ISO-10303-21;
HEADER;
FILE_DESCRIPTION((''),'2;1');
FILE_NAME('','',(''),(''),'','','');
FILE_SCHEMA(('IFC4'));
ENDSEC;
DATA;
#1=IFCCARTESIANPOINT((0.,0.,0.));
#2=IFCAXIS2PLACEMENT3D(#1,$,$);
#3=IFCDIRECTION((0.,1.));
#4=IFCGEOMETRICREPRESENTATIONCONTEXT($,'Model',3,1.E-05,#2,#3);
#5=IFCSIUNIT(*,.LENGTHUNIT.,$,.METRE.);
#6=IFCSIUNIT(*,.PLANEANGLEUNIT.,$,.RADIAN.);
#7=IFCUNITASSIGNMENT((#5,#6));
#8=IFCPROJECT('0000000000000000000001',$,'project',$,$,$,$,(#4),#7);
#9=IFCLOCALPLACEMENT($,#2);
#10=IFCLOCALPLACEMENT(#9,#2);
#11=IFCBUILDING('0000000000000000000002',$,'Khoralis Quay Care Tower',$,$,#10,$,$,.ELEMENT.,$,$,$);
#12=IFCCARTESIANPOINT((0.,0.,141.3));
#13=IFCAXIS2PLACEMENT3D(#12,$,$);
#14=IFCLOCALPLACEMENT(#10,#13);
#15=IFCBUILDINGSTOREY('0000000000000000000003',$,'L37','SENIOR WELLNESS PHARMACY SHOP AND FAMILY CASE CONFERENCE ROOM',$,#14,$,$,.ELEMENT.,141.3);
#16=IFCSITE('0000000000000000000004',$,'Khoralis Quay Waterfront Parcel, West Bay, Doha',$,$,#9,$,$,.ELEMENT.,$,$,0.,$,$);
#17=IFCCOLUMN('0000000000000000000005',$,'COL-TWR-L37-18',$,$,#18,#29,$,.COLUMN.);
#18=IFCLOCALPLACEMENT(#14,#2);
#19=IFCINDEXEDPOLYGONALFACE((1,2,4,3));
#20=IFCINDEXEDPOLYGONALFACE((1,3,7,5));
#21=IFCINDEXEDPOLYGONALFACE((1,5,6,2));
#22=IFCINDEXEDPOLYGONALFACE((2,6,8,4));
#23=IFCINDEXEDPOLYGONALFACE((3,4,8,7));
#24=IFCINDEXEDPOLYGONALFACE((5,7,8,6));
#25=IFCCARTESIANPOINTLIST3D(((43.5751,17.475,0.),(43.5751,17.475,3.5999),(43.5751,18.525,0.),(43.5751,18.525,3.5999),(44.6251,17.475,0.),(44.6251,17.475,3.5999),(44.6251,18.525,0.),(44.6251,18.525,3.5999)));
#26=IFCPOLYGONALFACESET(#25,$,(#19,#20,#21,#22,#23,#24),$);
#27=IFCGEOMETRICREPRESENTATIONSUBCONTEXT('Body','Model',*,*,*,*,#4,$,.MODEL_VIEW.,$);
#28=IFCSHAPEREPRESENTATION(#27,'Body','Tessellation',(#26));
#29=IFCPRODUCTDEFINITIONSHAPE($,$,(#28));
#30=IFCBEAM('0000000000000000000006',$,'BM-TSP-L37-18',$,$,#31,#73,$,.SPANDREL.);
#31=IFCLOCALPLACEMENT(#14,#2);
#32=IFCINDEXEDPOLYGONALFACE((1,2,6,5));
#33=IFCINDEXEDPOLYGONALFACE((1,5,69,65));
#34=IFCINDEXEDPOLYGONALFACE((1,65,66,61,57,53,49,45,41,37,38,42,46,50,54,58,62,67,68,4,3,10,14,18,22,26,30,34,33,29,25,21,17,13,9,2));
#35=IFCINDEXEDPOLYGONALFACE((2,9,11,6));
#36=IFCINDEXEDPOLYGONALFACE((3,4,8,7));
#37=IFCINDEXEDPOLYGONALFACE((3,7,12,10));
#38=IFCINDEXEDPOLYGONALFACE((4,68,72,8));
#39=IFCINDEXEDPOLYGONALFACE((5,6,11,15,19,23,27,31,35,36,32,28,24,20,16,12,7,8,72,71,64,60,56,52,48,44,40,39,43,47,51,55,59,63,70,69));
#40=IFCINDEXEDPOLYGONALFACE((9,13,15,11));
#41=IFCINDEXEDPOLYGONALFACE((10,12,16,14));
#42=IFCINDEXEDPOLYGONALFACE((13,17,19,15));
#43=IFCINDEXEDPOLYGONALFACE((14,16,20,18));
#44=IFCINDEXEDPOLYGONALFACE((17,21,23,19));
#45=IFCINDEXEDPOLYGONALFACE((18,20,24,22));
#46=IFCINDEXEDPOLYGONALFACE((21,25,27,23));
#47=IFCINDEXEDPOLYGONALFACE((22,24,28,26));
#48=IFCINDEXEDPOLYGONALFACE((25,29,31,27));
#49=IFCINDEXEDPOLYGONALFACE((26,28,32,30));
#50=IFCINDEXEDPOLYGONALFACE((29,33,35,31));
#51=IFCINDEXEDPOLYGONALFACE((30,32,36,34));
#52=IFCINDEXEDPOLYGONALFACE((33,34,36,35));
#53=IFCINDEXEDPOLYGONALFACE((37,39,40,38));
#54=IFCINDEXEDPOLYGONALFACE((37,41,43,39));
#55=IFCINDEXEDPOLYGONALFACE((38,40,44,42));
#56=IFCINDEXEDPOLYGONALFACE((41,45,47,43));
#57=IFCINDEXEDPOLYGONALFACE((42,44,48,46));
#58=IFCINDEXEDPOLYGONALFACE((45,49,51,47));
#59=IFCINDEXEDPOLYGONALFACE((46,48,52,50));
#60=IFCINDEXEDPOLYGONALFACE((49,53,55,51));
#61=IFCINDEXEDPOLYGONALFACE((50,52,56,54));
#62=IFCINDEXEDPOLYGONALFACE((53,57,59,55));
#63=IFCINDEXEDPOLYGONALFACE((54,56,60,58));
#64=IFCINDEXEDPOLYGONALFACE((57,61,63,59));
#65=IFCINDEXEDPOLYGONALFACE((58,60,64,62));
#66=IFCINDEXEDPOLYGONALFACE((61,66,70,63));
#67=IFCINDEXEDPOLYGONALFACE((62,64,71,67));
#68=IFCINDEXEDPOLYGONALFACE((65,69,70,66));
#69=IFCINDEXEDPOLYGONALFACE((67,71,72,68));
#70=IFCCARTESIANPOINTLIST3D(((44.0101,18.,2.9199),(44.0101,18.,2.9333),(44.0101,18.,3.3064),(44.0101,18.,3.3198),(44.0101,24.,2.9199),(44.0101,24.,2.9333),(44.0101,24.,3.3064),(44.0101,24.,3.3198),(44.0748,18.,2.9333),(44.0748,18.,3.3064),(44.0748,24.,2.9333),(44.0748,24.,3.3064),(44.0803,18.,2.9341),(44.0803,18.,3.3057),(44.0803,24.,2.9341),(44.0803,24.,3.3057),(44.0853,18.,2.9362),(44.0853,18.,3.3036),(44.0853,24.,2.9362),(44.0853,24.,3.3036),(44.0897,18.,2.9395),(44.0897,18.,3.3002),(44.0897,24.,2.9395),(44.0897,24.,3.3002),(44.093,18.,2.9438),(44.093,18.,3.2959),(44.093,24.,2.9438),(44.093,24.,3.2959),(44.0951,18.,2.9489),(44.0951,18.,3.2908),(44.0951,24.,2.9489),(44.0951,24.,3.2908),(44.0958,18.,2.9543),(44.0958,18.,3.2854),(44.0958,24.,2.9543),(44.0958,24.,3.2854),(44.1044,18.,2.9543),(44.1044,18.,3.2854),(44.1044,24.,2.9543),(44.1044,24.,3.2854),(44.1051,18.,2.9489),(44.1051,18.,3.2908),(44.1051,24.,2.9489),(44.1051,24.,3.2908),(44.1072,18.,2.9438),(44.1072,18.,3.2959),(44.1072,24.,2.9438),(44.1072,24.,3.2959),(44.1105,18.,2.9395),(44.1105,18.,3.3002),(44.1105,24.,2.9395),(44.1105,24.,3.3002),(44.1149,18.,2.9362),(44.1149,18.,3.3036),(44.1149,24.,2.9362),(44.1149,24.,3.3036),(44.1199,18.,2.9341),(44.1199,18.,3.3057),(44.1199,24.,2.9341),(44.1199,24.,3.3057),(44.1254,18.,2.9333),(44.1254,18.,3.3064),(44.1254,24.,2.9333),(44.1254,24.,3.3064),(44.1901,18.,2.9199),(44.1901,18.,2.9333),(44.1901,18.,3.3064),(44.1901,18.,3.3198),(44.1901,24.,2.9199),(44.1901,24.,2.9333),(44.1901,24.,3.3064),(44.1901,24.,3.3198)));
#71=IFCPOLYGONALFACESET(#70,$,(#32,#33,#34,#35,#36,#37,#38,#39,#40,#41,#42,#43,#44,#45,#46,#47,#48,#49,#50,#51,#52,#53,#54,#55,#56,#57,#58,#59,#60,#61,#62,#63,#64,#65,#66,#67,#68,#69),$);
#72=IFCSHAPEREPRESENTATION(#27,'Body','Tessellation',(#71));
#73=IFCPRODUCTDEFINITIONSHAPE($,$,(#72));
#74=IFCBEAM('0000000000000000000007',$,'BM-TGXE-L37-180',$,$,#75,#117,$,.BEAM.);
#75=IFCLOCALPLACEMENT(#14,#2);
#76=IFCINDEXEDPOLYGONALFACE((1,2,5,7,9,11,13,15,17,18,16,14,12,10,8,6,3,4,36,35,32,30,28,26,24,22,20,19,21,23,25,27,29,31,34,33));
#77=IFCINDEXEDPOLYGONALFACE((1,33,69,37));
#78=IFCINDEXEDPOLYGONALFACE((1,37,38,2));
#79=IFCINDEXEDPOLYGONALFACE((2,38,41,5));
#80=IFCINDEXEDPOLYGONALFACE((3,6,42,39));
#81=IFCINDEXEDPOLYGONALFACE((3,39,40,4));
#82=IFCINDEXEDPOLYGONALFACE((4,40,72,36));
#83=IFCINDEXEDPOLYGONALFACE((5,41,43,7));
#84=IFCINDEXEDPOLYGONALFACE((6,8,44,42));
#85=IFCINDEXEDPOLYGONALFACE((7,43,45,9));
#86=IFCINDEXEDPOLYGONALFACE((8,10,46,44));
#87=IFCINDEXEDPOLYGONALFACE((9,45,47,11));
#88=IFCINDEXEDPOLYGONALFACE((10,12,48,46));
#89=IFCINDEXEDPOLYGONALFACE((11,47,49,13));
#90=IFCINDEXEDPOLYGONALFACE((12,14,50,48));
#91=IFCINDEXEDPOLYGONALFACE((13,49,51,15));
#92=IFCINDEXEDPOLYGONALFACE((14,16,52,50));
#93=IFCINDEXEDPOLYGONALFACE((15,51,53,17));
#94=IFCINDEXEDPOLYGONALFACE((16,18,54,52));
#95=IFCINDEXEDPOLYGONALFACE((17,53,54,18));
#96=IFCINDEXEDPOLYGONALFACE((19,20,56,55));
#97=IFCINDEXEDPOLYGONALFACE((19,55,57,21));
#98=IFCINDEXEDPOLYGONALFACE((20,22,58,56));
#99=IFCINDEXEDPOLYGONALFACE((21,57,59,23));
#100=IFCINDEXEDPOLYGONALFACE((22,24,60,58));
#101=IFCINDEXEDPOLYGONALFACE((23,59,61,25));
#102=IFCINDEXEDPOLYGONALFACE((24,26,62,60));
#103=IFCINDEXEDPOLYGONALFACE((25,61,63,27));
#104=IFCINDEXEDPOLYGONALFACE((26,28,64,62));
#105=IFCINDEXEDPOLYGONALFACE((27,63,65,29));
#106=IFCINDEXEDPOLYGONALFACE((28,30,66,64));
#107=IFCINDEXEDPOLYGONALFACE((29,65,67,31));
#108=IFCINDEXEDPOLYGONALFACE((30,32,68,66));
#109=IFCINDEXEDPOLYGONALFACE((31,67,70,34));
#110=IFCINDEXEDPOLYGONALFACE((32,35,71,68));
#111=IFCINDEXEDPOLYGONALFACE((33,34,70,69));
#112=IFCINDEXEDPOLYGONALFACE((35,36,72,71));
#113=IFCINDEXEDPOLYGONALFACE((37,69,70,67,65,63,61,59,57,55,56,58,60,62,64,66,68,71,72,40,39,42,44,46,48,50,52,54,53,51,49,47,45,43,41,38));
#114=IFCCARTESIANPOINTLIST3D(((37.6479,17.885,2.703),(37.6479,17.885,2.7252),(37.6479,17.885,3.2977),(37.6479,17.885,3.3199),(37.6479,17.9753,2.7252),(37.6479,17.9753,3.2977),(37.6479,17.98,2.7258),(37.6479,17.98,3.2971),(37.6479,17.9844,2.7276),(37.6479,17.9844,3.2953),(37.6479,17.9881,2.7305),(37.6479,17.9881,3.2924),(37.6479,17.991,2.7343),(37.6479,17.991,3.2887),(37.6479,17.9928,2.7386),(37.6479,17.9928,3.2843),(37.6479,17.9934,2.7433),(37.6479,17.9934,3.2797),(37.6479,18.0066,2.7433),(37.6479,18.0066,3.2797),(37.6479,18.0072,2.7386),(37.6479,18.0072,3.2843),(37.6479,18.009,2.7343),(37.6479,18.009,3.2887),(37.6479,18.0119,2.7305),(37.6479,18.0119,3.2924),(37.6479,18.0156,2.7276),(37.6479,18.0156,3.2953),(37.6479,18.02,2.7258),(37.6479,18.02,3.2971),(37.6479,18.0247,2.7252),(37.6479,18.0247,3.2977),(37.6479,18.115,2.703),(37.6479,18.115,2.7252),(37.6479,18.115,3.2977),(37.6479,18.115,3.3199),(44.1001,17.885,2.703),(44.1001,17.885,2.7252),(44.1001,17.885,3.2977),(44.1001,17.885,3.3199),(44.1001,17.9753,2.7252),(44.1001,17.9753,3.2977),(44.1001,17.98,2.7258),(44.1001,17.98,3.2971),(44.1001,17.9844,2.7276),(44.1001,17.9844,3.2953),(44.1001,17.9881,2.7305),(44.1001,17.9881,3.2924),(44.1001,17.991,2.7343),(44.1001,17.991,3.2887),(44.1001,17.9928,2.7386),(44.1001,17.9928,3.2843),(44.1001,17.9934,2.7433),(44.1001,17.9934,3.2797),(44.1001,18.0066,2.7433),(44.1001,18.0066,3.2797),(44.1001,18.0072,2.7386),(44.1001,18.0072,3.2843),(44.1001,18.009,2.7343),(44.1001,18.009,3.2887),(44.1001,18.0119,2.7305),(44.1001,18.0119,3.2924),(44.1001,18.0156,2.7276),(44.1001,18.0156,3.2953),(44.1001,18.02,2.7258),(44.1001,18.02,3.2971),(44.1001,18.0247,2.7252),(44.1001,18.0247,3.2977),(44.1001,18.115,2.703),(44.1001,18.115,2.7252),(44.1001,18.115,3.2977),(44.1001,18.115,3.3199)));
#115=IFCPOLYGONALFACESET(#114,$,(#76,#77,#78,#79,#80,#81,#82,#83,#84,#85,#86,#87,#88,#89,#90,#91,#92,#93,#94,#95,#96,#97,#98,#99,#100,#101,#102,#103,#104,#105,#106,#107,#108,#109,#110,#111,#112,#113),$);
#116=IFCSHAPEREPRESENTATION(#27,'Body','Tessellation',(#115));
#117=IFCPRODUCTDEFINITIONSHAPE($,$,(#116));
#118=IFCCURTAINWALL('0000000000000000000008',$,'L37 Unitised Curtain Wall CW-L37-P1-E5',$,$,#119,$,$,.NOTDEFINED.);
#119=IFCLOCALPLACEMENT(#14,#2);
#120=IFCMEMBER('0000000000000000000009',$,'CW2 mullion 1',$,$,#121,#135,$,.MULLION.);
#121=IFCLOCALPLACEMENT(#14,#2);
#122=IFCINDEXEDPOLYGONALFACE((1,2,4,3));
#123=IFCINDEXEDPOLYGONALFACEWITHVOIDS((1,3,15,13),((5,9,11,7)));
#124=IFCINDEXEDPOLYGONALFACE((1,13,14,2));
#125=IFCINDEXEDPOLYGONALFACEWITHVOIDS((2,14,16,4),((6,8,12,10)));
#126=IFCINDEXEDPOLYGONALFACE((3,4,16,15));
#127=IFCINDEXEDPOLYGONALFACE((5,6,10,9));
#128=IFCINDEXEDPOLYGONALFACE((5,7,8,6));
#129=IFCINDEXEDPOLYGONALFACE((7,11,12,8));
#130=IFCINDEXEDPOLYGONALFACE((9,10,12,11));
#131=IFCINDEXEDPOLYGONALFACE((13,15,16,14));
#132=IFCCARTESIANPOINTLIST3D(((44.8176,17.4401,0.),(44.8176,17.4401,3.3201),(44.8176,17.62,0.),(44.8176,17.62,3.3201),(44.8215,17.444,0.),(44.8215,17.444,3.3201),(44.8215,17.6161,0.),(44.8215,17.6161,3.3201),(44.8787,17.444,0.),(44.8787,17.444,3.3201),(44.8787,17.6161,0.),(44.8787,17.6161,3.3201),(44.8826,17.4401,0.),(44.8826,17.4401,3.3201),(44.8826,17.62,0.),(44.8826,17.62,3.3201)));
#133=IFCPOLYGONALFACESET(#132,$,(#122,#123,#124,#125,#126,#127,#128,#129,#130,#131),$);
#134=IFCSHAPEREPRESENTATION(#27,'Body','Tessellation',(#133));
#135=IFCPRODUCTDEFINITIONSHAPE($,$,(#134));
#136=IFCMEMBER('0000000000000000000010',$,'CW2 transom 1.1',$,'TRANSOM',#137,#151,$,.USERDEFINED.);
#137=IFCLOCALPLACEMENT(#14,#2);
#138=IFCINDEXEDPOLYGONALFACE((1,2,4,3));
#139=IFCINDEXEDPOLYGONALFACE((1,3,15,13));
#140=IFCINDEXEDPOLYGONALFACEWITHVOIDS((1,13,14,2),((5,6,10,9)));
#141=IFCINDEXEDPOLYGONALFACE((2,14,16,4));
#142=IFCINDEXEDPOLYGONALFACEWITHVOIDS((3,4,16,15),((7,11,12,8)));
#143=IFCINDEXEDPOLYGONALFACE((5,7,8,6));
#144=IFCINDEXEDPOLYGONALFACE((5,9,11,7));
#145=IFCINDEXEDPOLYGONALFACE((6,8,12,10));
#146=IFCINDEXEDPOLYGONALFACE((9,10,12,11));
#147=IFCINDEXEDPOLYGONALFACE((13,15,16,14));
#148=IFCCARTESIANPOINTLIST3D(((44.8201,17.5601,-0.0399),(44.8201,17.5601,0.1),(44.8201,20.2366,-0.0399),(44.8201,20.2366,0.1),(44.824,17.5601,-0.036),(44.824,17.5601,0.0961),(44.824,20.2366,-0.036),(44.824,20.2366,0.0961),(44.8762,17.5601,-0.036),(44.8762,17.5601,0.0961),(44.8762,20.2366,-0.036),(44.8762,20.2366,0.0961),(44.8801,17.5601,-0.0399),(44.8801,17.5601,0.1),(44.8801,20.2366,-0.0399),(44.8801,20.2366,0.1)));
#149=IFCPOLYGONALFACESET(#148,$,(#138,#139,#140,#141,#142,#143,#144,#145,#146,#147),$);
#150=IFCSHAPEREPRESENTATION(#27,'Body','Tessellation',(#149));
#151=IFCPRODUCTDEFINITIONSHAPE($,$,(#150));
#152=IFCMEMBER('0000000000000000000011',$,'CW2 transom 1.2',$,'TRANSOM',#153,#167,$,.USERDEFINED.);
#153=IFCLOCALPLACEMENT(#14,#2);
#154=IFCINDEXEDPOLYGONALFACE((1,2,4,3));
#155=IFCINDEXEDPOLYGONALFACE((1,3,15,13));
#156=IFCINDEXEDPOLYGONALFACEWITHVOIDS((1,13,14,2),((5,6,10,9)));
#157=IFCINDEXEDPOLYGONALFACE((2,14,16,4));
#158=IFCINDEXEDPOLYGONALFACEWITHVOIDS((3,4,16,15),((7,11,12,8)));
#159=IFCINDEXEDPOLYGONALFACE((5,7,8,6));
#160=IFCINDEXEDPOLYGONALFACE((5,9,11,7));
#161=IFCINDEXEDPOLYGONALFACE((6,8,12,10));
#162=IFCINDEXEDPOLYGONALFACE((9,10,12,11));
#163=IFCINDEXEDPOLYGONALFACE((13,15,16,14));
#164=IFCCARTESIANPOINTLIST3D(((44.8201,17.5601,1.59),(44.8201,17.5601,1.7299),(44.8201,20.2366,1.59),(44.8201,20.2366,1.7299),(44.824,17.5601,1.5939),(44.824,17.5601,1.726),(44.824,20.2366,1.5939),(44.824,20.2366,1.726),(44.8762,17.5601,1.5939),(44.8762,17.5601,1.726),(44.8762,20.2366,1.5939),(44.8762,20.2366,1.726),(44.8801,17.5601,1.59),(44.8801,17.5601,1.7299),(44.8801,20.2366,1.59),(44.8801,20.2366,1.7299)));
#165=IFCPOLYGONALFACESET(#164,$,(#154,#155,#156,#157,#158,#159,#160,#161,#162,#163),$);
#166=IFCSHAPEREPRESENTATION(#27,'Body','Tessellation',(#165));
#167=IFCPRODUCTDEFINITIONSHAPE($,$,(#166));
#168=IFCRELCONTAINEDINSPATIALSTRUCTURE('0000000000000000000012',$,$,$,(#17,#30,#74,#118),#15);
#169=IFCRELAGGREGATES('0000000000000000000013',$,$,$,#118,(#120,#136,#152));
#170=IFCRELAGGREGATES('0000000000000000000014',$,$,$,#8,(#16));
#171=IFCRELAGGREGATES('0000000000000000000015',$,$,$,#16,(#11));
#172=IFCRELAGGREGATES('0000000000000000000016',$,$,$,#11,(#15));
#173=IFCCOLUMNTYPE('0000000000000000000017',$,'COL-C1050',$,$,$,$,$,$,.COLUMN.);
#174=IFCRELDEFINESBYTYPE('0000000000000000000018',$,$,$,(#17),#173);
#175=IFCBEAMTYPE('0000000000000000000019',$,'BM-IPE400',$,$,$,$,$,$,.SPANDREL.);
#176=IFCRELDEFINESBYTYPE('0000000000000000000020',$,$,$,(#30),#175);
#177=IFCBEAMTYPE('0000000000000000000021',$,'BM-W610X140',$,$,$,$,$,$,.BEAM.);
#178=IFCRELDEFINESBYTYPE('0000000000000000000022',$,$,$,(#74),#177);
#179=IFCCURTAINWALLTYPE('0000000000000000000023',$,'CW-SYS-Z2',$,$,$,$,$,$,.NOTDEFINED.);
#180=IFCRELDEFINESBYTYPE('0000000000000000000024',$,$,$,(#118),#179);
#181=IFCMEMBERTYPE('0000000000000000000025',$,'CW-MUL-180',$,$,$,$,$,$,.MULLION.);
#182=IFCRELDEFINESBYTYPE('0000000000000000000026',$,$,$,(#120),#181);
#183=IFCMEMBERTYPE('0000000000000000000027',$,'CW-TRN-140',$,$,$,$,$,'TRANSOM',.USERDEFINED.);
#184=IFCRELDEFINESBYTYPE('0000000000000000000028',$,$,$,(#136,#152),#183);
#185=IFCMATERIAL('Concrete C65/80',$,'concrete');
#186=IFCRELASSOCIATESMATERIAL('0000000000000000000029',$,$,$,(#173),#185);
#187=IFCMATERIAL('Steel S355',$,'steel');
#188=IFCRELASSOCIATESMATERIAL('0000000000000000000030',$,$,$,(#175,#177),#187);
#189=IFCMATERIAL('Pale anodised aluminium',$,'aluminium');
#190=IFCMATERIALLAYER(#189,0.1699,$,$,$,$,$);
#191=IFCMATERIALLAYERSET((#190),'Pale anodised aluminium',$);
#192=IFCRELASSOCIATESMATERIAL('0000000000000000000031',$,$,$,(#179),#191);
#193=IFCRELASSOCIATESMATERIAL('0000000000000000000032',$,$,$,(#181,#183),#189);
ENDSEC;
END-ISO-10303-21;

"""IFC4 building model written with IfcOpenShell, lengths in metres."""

from ifc_helpers import new_model, si_unit, direction, frame, origin, origin_2d, place, context, subcontext, project, spatial, rectangle, hollow_rectangle, i_section, extrude, source, transform, mapped, material, layer, layer_set, material_profile, profile_set, type_object, element, aggregate, save


model = new_model("IFC4")

# Units and contexts
model_context = context("Model", 3, precision=1e-05, world=origin(), true_north=direction((0.0, 1.0)))
body_context = subcontext(model_context, "Body", "Model", "MODEL_VIEW")
ifc_project = project(units=[si_unit("LENGTHUNIT", "METRE"), si_unit("PLANEANGLEUNIT", "RADIAN")], contexts=[model_context])

# Site, building, storey
site_placement = place(None, origin())
site = spatial("IfcSite", under=ifc_project, at=site_placement, Name="Khoralis Quay Waterfront Parcel, West Bay, Doha", CompositionType="ELEMENT", RefElevation=0.0)
building_placement = place(site_placement, origin())
building = spatial("IfcBuilding", under=site, at=building_placement, Name="Khoralis Quay Care Tower", CompositionType="ELEMENT")
storey_placement = place(building_placement, frame((0.0, 0.0, 141.3)))
storey = spatial("IfcBuildingStorey", under=building, at=storey_placement, Name="L37", Description="SENIOR WELLNESS PHARMACY SHOP AND FAMILY CASE CONFERENCE ROOM", CompositionType="ELEMENT", Elevation=141.3)

# Column
ifc_material_1 = material(Name="Concrete C65/80", Category="concrete")
ifc_material_profile_1 = material_profile(ifc_material_1, rectangle(XDim=1.05, YDim=1.05, at=origin_2d()), Name="Concrete C65/80")
ifc_profile_set_1 = profile_set([ifc_material_profile_1], Name="Concrete C65/80")
column_type = type_object("IfcColumnType", Name="COL-C1050", PredefinedType="COLUMN", material=ifc_profile_set_1)
shared_shape_1 = source(origin(), body_context, "Body", "SweptSolid", [
    extrude(rectangle(XDim=1.05, YDim=1.05, at=origin_2d()), origin(), (0.0, 0.0, 1.0), 3.5999),
])
column_placement = place(storey_placement, frame((44.1001, 18.0, 0.0), z_axis=(0.0, 0.0, 1.0), x_axis=(1.0, 0.0, 0.0)))
element("IfcColumn", 1, at=column_placement, inside=storey, type_object=column_type, Name="COL-TWR-L37-18", PredefinedType="COLUMN", context=body_context, shape_type="MappedRepresentation", body=[
    mapped(shared_shape_1, transform((0.0, 0.0, 0.0), scale=1.0)),
])

# Beams
ifc_material_2 = material(Name="Steel S355", Category="steel")
ifc_material_profile_2 = material_profile(ifc_material_2, i_section(OverallWidth=0.1799, OverallDepth=0.3999, WebThickness=0.0085, FlangeThickness=0.0134, FilletRadius=0.021, at=origin_2d()), Name="Steel S355")
ifc_profile_set_2 = profile_set([ifc_material_profile_2], Name="Steel S355")
beam_type_1 = type_object("IfcBeamType", Name="BM-IPE400", PredefinedType="SPANDREL", material=ifc_profile_set_2)
shared_shape_2 = source(origin(), body_context, "Body", "SweptSolid", [
    extrude(i_section(OverallWidth=0.1799, OverallDepth=0.3999, WebThickness=0.0085, FlangeThickness=0.0134, FilletRadius=0.021, at=origin_2d()), origin(), (0.0, 0.0, 1.0), 6.0),
])
beam_1_placement = place(storey_placement, frame((44.1001, 18.0, 3.1199), z_axis=(0.0, 1.0, 0.0), x_axis=(-1.0, 0.0, 0.0)))
element("IfcBeam", 2, at=beam_1_placement, inside=storey, type_object=beam_type_1, Name="BM-TSP-L37-18", PredefinedType="SPANDREL", context=body_context, shape_type="MappedRepresentation", body=[
    mapped(shared_shape_2, transform((0.0, 0.0, 0.0), scale=1.0)),
])
ifc_material_profile_3 = material_profile(ifc_material_2, i_section(OverallWidth=0.23, OverallDepth=0.6169, WebThickness=0.0132, FlangeThickness=0.0222, FilletRadius=0.0181, at=origin_2d()), Name="Steel S355")
ifc_profile_set_3 = profile_set([ifc_material_profile_3], Name="Steel S355")
beam_type_2 = type_object("IfcBeamType", Name="BM-W610X140", PredefinedType="BEAM", material=ifc_profile_set_3)
shared_shape_3 = source(origin(), body_context, "Body", "SweptSolid", [
    extrude(i_section(OverallWidth=0.23, OverallDepth=0.6169, WebThickness=0.0132, FlangeThickness=0.0222, FilletRadius=0.0181, at=origin_2d()), origin(), (0.0, 0.0, 1.0), 6.4521),
])
beam_2_placement = place(storey_placement, frame((37.6479, 18.0, 3.0115), z_axis=(1.0, 0.0, 0.0), x_axis=(0.0, 1.0, 0.0)))
element("IfcBeam", 3, at=beam_2_placement, inside=storey, type_object=beam_type_2, Name="BM-TGXE-L37-180", PredefinedType="BEAM", context=body_context, shape_type="MappedRepresentation", body=[
    mapped(shared_shape_3, transform((0.0, 0.0, 0.0), scale=1.0)),
])

# Curtain wall, members
ifc_material_3 = material(Name="Pale anodised aluminium", Category="aluminium")
ifc_layer_1 = layer(ifc_material_3, 0.1699)
ifc_layer_set_1 = layer_set([ifc_layer_1], Name="Pale anodised aluminium")
curtain_wall_type = type_object("IfcCurtainWallType", Name="CW-SYS-Z2", PredefinedType="NOTDEFINED", material=ifc_layer_set_1)
curtain_wall_placement = place(storey_placement, origin())
curtain_wall = element("IfcCurtainWall", 4, at=curtain_wall_placement, inside=storey, type_object=curtain_wall_type, Name="L37 Unitised Curtain Wall CW-L37-P1-E5", PredefinedType="NOTDEFINED")
ifc_material_profile_4 = material_profile(ifc_material_3, hollow_rectangle(XDim=0.0649, YDim=0.1799, WallThickness=0.0039, at=origin_2d()), Name="Pale anodised aluminium")
ifc_profile_set_4 = profile_set([ifc_material_profile_4], Name="Pale anodised aluminium")
member_type_1 = type_object("IfcMemberType", Name="CW-MUL-180", PredefinedType="MULLION", material=ifc_profile_set_4)
shared_shape_4 = source(origin(), body_context, "Body", "SweptSolid", [
    extrude(hollow_rectangle(XDim=0.0649, YDim=0.1799, WallThickness=0.0039, at=origin_2d()), origin(), (0.0, 0.0, 1.0), 3.3201),
])
member_1_placement = place(storey_placement, frame((44.8501, 17.53, 0.0), z_axis=(0.0, 0.0, 1.0), x_axis=(-1.0, 0.0, 0.0)))
member_1 = element("IfcMember", 5, at=member_1_placement, type_object=member_type_1, Name="CW2 mullion 1", PredefinedType="MULLION", context=body_context, shape_type="MappedRepresentation", body=[
    mapped(shared_shape_4, transform((0.0, 0.0, 0.0), scale=1.0)),
])
ifc_material_profile_5 = material_profile(ifc_material_3, hollow_rectangle(XDim=0.0601, YDim=0.1399, WallThickness=0.0039, at=origin_2d()), Name="Pale anodised aluminium")
ifc_profile_set_5 = profile_set([ifc_material_profile_5], Name="Pale anodised aluminium")
member_type_2 = type_object("IfcMemberType", Name="CW-TRN-140", ElementType="TRANSOM", PredefinedType="USERDEFINED", material=ifc_profile_set_5)
shared_shape_5 = source(origin(), body_context, "Body", "SweptSolid", [
    extrude(hollow_rectangle(XDim=0.0601, YDim=0.1399, WallThickness=0.0039, at=origin_2d()), origin(), (0.0, 0.0, 1.0), 2.6765),
])
member_2_placement = place(storey_placement, frame((44.8501, 17.5601, 0.03), z_axis=(0.0, 1.0, 0.0), x_axis=(-1.0, 0.0, 0.0)))
member_2 = element("IfcMember", 6, at=member_2_placement, type_object=member_type_2, Name="CW2 transom 1.1", ObjectType="TRANSOM", PredefinedType="USERDEFINED", context=body_context, shape_type="MappedRepresentation", body=[
    mapped(shared_shape_5, transform((0.0, 0.0, 0.0), scale=1.0)),
])
member_3_placement = place(storey_placement, frame((44.8501, 17.5601, 1.6599), z_axis=(0.0, 1.0, 0.0), x_axis=(-1.0, 0.0, 0.0)))
member_3 = element("IfcMember", 7, at=member_3_placement, type_object=member_type_2, Name="CW2 transom 1.2", ObjectType="TRANSOM", PredefinedType="USERDEFINED", context=body_context, shape_type="MappedRepresentation", body=[
    mapped(shared_shape_5, transform((0.0, 0.0, 0.0), scale=1.0)),
])
aggregate(curtain_wall, [member_1, member_2, member_3])

save(model, "model.ifc")
